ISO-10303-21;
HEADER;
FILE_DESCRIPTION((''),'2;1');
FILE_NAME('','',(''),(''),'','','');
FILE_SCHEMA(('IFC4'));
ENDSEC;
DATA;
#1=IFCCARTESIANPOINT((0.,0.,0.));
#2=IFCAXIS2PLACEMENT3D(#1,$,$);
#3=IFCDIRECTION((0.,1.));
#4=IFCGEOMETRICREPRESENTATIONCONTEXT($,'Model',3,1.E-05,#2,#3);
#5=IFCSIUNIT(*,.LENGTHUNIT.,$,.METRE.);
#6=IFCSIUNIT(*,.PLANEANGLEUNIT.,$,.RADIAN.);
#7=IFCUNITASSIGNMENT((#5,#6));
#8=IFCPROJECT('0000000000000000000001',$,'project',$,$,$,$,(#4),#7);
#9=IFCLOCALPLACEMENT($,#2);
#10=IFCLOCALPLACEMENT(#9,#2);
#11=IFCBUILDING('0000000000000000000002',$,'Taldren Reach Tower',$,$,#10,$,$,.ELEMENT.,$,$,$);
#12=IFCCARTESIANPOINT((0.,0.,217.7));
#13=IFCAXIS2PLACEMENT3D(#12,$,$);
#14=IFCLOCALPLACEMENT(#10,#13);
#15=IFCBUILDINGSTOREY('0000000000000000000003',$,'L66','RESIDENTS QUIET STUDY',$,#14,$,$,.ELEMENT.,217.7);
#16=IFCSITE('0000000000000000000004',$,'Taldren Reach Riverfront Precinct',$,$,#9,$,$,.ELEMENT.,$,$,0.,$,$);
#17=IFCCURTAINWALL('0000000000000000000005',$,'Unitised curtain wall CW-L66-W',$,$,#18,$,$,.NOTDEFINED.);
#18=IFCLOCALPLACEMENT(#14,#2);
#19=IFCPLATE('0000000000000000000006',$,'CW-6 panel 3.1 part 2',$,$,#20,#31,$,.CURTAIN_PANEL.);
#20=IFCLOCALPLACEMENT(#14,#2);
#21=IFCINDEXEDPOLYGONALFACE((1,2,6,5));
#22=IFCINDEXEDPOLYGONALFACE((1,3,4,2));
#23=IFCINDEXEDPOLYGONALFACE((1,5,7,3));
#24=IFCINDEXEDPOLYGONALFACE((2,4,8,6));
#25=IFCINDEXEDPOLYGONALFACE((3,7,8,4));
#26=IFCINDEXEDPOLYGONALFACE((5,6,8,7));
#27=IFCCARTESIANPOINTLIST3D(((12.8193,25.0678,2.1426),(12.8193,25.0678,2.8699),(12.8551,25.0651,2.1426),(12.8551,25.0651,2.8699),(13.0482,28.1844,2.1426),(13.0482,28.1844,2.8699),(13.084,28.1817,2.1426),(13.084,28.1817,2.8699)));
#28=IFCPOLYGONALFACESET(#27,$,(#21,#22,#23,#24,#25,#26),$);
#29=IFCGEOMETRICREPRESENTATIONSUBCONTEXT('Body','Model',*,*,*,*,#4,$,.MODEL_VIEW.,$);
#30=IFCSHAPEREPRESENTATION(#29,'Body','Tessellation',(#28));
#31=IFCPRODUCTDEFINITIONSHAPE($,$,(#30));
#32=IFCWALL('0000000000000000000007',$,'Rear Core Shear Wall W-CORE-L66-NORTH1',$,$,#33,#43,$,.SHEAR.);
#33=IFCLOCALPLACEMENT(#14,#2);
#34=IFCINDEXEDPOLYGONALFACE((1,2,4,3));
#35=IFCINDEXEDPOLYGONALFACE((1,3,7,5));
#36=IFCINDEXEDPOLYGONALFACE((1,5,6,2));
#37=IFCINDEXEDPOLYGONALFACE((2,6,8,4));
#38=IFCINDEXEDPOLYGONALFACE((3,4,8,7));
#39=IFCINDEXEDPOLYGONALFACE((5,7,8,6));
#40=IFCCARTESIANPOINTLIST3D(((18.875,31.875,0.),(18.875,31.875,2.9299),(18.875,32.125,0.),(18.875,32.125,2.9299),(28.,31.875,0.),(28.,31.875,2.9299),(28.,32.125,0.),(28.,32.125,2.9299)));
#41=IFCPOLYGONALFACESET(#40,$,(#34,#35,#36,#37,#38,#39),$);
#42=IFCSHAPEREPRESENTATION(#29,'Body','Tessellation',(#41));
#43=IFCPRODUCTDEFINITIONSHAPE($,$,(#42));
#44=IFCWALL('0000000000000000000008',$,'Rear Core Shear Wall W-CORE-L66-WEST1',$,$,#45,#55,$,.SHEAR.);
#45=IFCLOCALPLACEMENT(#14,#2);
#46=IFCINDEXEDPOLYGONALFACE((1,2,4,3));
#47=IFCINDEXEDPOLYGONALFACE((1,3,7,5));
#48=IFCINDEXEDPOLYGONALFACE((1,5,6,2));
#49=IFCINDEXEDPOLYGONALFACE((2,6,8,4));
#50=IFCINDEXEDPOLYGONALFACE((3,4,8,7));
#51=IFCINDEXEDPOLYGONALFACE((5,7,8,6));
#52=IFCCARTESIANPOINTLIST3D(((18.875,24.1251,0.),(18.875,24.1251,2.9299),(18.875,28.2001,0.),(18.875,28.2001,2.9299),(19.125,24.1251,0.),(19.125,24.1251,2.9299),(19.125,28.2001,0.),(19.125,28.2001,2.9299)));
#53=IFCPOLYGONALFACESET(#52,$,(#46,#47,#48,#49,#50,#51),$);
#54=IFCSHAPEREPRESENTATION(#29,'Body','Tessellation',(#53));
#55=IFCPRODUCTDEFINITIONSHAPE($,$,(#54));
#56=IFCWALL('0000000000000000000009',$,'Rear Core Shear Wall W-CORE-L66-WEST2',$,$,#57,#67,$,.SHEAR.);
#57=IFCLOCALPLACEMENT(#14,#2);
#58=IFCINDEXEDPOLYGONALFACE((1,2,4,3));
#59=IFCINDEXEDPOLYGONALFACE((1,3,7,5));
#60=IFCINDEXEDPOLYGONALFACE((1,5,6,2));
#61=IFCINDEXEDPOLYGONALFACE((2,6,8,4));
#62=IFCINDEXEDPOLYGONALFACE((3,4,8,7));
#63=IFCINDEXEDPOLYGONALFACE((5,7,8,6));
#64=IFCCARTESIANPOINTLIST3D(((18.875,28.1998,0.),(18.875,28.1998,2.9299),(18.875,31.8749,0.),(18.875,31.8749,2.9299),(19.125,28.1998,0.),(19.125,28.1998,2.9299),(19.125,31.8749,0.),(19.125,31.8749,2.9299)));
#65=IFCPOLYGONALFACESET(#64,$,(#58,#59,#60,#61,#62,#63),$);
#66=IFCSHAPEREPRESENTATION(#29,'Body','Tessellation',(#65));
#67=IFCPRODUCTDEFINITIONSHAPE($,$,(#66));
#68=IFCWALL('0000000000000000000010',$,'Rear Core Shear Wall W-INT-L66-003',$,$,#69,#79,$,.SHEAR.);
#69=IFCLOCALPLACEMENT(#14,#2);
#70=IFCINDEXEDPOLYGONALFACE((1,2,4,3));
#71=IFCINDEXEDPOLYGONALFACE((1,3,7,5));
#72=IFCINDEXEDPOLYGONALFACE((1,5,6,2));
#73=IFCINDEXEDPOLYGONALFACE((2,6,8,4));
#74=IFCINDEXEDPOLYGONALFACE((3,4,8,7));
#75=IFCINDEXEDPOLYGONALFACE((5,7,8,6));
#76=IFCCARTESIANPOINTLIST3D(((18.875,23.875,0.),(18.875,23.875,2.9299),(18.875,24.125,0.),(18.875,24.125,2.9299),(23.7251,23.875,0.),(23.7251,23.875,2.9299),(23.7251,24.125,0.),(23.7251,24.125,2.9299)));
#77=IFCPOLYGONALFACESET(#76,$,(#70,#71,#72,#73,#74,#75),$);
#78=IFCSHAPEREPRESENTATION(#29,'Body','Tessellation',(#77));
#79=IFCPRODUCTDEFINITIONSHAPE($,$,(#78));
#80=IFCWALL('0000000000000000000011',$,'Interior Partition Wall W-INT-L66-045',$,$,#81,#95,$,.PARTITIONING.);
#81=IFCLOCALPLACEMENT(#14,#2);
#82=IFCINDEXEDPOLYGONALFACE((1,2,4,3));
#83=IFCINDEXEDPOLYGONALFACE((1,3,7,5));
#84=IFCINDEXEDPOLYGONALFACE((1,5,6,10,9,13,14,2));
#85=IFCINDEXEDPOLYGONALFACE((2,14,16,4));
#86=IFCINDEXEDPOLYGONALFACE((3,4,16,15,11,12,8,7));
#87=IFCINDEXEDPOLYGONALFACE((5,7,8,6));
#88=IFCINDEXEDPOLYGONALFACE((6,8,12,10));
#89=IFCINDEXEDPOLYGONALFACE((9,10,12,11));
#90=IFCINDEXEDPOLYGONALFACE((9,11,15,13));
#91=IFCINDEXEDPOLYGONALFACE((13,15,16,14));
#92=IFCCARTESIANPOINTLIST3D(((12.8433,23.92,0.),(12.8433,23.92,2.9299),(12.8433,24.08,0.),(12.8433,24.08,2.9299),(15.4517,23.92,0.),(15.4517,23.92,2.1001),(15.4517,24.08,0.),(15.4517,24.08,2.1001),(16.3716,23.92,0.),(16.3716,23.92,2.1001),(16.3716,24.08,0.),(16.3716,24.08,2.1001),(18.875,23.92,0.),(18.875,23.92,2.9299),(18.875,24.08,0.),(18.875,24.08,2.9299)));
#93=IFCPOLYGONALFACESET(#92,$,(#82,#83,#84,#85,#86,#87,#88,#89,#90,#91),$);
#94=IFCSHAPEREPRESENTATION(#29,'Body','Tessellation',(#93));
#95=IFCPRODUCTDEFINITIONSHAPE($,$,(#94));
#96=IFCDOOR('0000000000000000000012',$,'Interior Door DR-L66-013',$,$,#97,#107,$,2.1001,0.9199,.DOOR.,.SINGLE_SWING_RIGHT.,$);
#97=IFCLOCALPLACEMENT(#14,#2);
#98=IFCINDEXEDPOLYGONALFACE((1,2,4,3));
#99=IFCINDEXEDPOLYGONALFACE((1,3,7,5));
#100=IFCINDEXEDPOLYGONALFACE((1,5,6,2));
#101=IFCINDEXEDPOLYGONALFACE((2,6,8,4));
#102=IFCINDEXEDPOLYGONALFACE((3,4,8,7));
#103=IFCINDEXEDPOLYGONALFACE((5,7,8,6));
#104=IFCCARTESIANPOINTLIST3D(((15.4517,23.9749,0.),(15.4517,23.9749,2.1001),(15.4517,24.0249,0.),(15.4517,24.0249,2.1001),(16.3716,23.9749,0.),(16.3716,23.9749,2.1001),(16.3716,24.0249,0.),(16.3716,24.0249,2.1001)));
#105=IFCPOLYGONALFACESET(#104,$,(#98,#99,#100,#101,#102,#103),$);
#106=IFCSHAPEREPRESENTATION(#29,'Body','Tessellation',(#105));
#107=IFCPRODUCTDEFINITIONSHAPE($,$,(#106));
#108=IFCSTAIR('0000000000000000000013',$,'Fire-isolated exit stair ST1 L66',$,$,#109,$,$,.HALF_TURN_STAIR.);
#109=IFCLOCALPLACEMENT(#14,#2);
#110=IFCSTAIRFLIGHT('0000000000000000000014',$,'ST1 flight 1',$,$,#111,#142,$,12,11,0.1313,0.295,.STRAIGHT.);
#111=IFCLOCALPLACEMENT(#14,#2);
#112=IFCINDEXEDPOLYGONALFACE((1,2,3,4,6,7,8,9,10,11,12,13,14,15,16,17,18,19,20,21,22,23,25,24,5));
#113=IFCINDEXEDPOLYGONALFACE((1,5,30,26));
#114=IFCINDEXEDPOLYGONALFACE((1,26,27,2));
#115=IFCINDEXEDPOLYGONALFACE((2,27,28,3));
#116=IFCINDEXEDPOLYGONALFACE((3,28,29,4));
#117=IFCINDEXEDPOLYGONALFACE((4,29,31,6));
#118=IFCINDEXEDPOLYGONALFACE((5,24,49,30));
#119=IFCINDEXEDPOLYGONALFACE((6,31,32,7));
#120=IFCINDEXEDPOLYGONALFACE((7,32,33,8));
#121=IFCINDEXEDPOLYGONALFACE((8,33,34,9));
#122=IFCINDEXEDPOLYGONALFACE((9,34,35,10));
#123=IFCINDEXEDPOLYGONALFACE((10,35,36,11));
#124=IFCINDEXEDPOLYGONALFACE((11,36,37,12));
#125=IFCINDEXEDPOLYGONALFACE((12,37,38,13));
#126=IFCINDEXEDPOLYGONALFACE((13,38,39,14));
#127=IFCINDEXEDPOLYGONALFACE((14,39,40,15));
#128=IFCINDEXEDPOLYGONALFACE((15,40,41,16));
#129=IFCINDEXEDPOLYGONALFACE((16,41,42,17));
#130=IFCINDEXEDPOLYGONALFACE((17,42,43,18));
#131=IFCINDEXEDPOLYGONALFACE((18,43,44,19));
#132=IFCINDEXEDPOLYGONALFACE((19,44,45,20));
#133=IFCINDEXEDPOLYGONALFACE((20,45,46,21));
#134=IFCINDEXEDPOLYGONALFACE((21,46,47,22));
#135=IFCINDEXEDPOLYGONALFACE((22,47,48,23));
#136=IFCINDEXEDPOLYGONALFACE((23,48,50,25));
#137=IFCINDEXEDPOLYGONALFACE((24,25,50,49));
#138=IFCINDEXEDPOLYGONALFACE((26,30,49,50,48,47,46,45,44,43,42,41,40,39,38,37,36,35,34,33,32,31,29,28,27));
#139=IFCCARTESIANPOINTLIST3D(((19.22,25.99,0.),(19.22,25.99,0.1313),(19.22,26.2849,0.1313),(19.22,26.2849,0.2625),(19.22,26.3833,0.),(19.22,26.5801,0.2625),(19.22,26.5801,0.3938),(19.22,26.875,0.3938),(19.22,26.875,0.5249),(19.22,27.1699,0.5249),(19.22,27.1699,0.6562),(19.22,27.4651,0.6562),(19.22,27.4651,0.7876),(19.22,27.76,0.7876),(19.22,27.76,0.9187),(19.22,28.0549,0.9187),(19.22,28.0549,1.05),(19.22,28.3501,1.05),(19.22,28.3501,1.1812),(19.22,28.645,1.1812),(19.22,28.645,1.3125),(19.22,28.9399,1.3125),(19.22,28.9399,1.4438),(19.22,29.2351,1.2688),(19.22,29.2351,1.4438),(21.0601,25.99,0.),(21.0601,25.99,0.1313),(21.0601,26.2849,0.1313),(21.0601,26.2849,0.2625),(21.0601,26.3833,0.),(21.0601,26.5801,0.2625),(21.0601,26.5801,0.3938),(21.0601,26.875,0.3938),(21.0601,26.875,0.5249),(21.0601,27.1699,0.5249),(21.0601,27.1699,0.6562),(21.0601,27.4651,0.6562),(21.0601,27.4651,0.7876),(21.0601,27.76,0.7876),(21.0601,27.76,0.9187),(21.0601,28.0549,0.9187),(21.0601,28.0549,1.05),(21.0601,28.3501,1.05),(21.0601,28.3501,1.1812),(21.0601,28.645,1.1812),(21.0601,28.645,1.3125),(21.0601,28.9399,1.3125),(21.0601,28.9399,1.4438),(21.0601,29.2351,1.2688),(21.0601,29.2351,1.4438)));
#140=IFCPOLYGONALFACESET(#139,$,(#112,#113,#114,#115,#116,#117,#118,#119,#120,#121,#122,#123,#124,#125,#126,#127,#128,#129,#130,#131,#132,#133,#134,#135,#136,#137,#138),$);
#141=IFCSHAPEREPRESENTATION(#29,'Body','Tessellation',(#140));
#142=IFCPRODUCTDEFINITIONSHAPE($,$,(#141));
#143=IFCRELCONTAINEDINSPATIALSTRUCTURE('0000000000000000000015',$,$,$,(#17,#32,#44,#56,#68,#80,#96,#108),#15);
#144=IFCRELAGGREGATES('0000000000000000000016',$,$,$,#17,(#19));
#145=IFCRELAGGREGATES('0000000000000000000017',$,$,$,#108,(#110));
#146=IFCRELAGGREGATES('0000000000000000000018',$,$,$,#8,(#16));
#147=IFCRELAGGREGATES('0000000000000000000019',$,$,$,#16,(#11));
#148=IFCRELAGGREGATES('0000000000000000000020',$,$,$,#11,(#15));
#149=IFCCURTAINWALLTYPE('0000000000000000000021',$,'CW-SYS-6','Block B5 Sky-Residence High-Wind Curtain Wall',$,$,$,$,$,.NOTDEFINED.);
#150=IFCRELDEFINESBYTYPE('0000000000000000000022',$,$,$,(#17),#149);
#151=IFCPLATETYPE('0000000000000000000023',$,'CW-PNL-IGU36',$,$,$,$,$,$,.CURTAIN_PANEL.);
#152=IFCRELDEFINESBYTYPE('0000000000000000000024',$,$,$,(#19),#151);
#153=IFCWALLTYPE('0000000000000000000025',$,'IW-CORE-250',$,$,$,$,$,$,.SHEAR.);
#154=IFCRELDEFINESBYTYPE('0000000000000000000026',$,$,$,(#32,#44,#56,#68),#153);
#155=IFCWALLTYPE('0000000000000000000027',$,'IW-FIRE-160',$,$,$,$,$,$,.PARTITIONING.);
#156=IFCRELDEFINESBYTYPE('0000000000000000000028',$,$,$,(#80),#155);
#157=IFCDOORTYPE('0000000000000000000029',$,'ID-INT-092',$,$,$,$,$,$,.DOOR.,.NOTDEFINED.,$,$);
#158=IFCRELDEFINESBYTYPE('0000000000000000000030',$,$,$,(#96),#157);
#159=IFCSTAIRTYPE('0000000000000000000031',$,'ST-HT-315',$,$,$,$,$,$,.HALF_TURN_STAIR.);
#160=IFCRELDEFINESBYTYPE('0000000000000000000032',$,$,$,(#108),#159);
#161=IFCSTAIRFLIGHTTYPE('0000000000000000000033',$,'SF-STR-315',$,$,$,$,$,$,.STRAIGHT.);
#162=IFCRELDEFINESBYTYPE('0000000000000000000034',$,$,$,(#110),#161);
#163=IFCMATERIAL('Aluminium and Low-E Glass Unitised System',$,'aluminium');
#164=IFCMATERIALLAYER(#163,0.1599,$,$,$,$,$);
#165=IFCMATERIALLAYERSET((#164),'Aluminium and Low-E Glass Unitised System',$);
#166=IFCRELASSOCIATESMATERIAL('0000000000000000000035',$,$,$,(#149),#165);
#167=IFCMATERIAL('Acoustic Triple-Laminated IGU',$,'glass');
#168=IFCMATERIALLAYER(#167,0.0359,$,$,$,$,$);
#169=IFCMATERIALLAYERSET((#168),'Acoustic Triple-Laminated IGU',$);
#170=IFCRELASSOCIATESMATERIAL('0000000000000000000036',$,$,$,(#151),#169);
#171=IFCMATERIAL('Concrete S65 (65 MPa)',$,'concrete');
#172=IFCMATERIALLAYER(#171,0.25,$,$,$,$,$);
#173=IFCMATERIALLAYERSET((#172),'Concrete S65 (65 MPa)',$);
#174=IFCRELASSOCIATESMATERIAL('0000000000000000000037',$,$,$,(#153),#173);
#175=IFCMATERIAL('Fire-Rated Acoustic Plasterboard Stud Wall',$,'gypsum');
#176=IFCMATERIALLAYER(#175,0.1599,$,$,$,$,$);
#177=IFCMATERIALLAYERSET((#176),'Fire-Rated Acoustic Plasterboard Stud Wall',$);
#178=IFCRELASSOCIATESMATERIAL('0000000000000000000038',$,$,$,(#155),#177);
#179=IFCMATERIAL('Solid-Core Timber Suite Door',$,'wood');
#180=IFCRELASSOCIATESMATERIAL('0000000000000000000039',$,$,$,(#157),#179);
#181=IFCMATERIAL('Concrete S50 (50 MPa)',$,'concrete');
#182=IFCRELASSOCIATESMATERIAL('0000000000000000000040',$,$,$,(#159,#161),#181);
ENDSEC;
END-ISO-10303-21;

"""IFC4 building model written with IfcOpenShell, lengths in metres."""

from ifc_helpers import new_model, si_unit, direction, frame, frame_2d, origin, origin_2d, place, context, subcontext, project, spatial, polyline, rectangle, outline, extrude, source, transform, mapped, material, layer, layer_set, type_object, element, fill, aggregate, save


model = new_model("IFC4")

# Units and contexts
model_context = context("Model", 3, precision=1e-05, world=origin(), true_north=direction((0.0, 1.0)))
body_context = subcontext(model_context, "Body", "Model", "MODEL_VIEW")
ifc_project = project(units=[si_unit("LENGTHUNIT", "METRE"), si_unit("PLANEANGLEUNIT", "RADIAN")], contexts=[model_context])

# Site, building, storey
site_placement = place(None, origin())
site = spatial("IfcSite", under=ifc_project, at=site_placement, Name="Taldren Reach Riverfront Precinct", CompositionType="ELEMENT", RefElevation=0.0)
building_placement = place(site_placement, origin())
building = spatial("IfcBuilding", under=site, at=building_placement, Name="Taldren Reach Tower", CompositionType="ELEMENT")
storey_placement = place(building_placement, frame((0.0, 0.0, 217.7)))
storey = spatial("IfcBuildingStorey", under=building, at=storey_placement, Name="L66", Description="RESIDENTS QUIET STUDY", CompositionType="ELEMENT", Elevation=217.7)

# Curtain wall
ifc_material_1 = material(Name="Aluminium and Low-E Glass Unitised System", Category="aluminium")
ifc_layer_1 = layer(ifc_material_1, 0.1599)
ifc_layer_set_1 = layer_set([ifc_layer_1], Name="Aluminium and Low-E Glass Unitised System")
curtain_wall_type = type_object("IfcCurtainWallType", Name="CW-SYS-6", Description="Block B5 Sky-Residence High-Wind Curtain Wall", PredefinedType="NOTDEFINED", material=ifc_layer_set_1)
curtain_wall_placement = place(storey_placement, origin())
curtain_wall = element("IfcCurtainWall", 1, at=curtain_wall_placement, inside=storey, type_object=curtain_wall_type, Name="Unitised curtain wall CW-L66-W", PredefinedType="NOTDEFINED")

# Plate
ifc_material_2 = material(Name="Acoustic Triple-Laminated IGU", Category="glass")
ifc_layer_2 = layer(ifc_material_2, 0.0359)
ifc_layer_set_2 = layer_set([ifc_layer_2], Name="Acoustic Triple-Laminated IGU")
plate_type = type_object("IfcPlateType", Name="CW-PNL-IGU36", PredefinedType="CURTAIN_PANEL", material=ifc_layer_set_2)
shared_shape_1 = source(origin(), body_context, "Body", "SweptSolid", [
    extrude(rectangle(XDim=3.125, YDim=0.0359, at=origin_2d()), origin(), (0.0, 0.0, 1.0), 0.7273),
])
plate_1_placement = place(storey_placement, frame((12.9517, 26.6248, 2.1426), z_axis=(0.0, 0.0, 1.0), x_axis=(-0.073238, -0.997314, 0.0)))
plate_1 = element("IfcPlate", 2, at=plate_1_placement, type_object=plate_type, Name="CW-6 panel 3.1 part 2", PredefinedType="CURTAIN_PANEL", context=body_context, shape_type="MappedRepresentation", body=[
    mapped(shared_shape_1, transform((0.0, 0.0, 0.0), scale=1.0)),
])
aggregate(curtain_wall, [plate_1])

# Walls
ifc_material_3 = material(Name="Concrete S65 (65 MPa)", Category="concrete")
ifc_layer_3 = layer(ifc_material_3, 0.25)
ifc_layer_set_3 = layer_set([ifc_layer_3], Name="Concrete S65 (65 MPa)")
wall_type_1 = type_object("IfcWallType", Name="IW-CORE-250", PredefinedType="SHEAR", material=ifc_layer_set_3)
shared_shape_2 = source(origin(), body_context, "Body", "SweptSolid", [
    extrude(rectangle(XDim=9.125, YDim=0.25, at=frame_2d((4.5625, 0.0))), origin(), (0.0, 0.0, 1.0), 2.9299),
])
wall_1_placement = place(storey_placement, frame((18.875, 32.0, 0.0), z_axis=(0.0, 0.0, 1.0), x_axis=(1.0, 0.0, 0.0)))
element("IfcWall", 3, at=wall_1_placement, inside=storey, type_object=wall_type_1, Name="Rear Core Shear Wall W-CORE-L66-NORTH1", PredefinedType="SHEAR", context=body_context, shape_type="MappedRepresentation", body=[
    mapped(shared_shape_2, transform((0.0, 0.0, 0.0), scale=1.0)),
])
shared_shape_3 = source(origin(), body_context, "Body", "SweptSolid", [
    extrude(rectangle(XDim=4.075, YDim=0.25, at=frame_2d((2.0376, 0.0))), origin(), (0.0, 0.0, 1.0), 2.9299),
])
wall_2_placement = place(storey_placement, frame((19.0, 24.125, 0.0), z_axis=(0.0, 0.0, 1.0), x_axis=(0.0, 1.0, 0.0)))
element("IfcWall", 4, at=wall_2_placement, inside=storey, type_object=wall_type_1, Name="Rear Core Shear Wall W-CORE-L66-WEST1", PredefinedType="SHEAR", context=body_context, shape_type="MappedRepresentation", body=[
    mapped(shared_shape_3, transform((0.0, 0.0, 0.0), scale=1.0)),
])
shared_shape_4 = source(origin(), body_context, "Body", "SweptSolid", [
    extrude(rectangle(XDim=3.675, YDim=0.25, at=frame_2d((1.8374, 0.0))), origin(), (0.0, 0.0, 1.0), 2.9299),
])
wall_3_placement = place(storey_placement, frame((19.0, 28.2, 0.0), z_axis=(0.0, 0.0, 1.0), x_axis=(0.0, 1.0, 0.0)))
element("IfcWall", 5, at=wall_3_placement, inside=storey, type_object=wall_type_1, Name="Rear Core Shear Wall W-CORE-L66-WEST2", PredefinedType="SHEAR", context=body_context, shape_type="MappedRepresentation", body=[
    mapped(shared_shape_4, transform((0.0, 0.0, 0.0), scale=1.0)),
])
shared_shape_5 = source(origin(), body_context, "Body", "SweptSolid", [
    extrude(rectangle(XDim=4.8501, YDim=0.25, at=frame_2d((2.425, 0.0))), origin(), (0.0, 0.0, 1.0), 2.9299),
])
wall_4_placement = place(storey_placement, frame((18.875, 24.0, 0.0), z_axis=(0.0, 0.0, 1.0), x_axis=(1.0, 0.0, 0.0)))
element("IfcWall", 6, at=wall_4_placement, inside=storey, type_object=wall_type_1, Name="Rear Core Shear Wall W-INT-L66-003", PredefinedType="SHEAR", context=body_context, shape_type="MappedRepresentation", body=[
    mapped(shared_shape_5, transform((0.0, 0.0, 0.0), scale=1.0)),
])

# Wall, opening, door
ifc_material_4 = material(Name="Fire-Rated Acoustic Plasterboard Stud Wall", Category="gypsum")
ifc_layer_4 = layer(ifc_material_4, 0.1599)
ifc_layer_set_4 = layer_set([ifc_layer_4], Name="Fire-Rated Acoustic Plasterboard Stud Wall")
wall_type_2 = type_object("IfcWallType", Name="IW-FIRE-160", PredefinedType="PARTITIONING", material=ifc_layer_set_4)
shared_shape_6 = source(origin(), body_context, "Body", "SweptSolid", [
    extrude(rectangle(XDim=6.0317, YDim=0.1599, at=frame_2d((3.0159, 0.0))), origin(), (0.0, 0.0, 1.0), 2.9299),
])
wall_5_placement = place(storey_placement, frame((12.8433, 24.0, 0.0), z_axis=(0.0, 0.0, 1.0), x_axis=(1.0, 0.0, 0.0)))
wall_5 = element("IfcWall", 7, at=wall_5_placement, inside=storey, type_object=wall_type_2, Name="Interior Partition Wall W-INT-L66-045", PredefinedType="PARTITIONING", context=body_context, shape_type="MappedRepresentation", body=[
    mapped(shared_shape_6, transform((0.0, 0.0, 0.0), scale=1.0)),
])
shared_shape_7 = source(origin(), body_context, "Body", "SweptSolid", [
    extrude(rectangle(XDim=0.9199, YDim=2.1001, at=frame_2d((0.46, 1.05))), frame((0.0, 0.0898, 0.0), z_axis=(0.0, -1.0, 0.0), x_axis=(1.0, 0.0, 0.0)), (0.0, 0.0, 1.0), 0.1799),
])
opening_placement = place(wall_5_placement, frame((2.6084, 0.0, 0.0)))
opening = element("IfcOpeningElement", 8, at=opening_placement, cuts=wall_5, PredefinedType="OPENING", context=body_context, shape_type="MappedRepresentation", body=[
    mapped(shared_shape_7, transform((0.0, 0.0, 0.0), scale=1.0)),
])
ifc_material_5 = material(Name="Solid-Core Timber Suite Door", Category="wood")
door_type = type_object("IfcDoorType", Name="ID-INT-092", OperationType="NOTDEFINED", PredefinedType="DOOR", material=ifc_material_5)
shared_shape_8 = source(origin(), body_context, "Body", "SweptSolid", [
    extrude(rectangle(XDim=0.9199, YDim=2.1001, at=frame_2d((0.46, 1.05))), frame((0.0, 0.0249, 0.0), z_axis=(0.0, -1.0, 0.0), x_axis=(1.0, 0.0, 0.0)), (0.0, 0.0, 1.0), 0.05),
])
door_placement = place(opening_placement, origin())
door = element("IfcDoor", 9, at=door_placement, inside=storey, type_object=door_type, Name="Interior Door DR-L66-013", OperationType="SINGLE_SWING_RIGHT", OverallHeight=2.1001, OverallWidth=0.9199, PredefinedType="DOOR", context=body_context, shape_type="MappedRepresentation", body=[
    mapped(shared_shape_8, transform((0.0, 0.0, 0.0), scale=1.0)),
])
fill(opening, door)

# Stair, stair flight
ifc_material_6 = material(Name="Concrete S50 (50 MPa)", Category="concrete")
stair_type = type_object("IfcStairType", Name="ST-HT-315", PredefinedType="HALF_TURN_STAIR", material=ifc_material_6)
stair_placement = place(storey_placement, origin())
stair = element("IfcStair", 10, at=stair_placement, inside=storey, type_object=stair_type, Name="Fire-isolated exit stair ST1 L66", PredefinedType="HALF_TURN_STAIR")
stair_flight_type = type_object("IfcStairFlightType", Name="SF-STR-315", PredefinedType="STRAIGHT", material=ifc_material_6)
stair_flight_placement = place(storey_placement, frame((20.1399, 25.99, 0.0), z_axis=(0.0, 0.0, 1.0), x_axis=(0.0, 1.0, 0.0)))
stair_flight = element("IfcStairFlight", 11, at=stair_flight_placement, type_object=stair_flight_type, Name="ST1 flight 1", NumberOfRisers=12, NumberOfTreads=11, PredefinedType="STRAIGHT", RiserHeight=0.1313, TreadLength=0.295, context=body_context, shape_type="SweptSolid", body=[
    extrude(outline(polyline([(0.0, 0.0), (0.0, 0.1313), (0.2949, 0.1313), (0.2949, 0.2625), (0.5901, 0.2625), (0.5901, 0.3938), (0.885, 0.3938), (0.885, 0.5249), (1.1799, 0.5249), (1.1799, 0.6562), (1.4751, 0.6562), (1.4751, 0.7876), (1.77, 0.7876), (1.77, 0.9187), (2.0649, 0.9187), (2.0649, 1.05), (2.3601, 1.05), (2.3601, 1.1812), (2.655, 1.1812), (2.655, 1.3125), (2.95, 1.3125), (2.95, 1.4438), (3.2451, 1.4438), (3.2451, 1.575), (3.2451, 1.2688), (0.3933, 0.0), (0.0, 0.0)])), frame((0.0, 0.9199, 0.0), z_axis=(0.0, -1.0, 0.0), x_axis=(1.0, 0.0, 0.0)), (0.0, 0.0, 1.0), 1.8401),
])
aggregate(stair, [stair_flight])

save(model, "model.ifc")
